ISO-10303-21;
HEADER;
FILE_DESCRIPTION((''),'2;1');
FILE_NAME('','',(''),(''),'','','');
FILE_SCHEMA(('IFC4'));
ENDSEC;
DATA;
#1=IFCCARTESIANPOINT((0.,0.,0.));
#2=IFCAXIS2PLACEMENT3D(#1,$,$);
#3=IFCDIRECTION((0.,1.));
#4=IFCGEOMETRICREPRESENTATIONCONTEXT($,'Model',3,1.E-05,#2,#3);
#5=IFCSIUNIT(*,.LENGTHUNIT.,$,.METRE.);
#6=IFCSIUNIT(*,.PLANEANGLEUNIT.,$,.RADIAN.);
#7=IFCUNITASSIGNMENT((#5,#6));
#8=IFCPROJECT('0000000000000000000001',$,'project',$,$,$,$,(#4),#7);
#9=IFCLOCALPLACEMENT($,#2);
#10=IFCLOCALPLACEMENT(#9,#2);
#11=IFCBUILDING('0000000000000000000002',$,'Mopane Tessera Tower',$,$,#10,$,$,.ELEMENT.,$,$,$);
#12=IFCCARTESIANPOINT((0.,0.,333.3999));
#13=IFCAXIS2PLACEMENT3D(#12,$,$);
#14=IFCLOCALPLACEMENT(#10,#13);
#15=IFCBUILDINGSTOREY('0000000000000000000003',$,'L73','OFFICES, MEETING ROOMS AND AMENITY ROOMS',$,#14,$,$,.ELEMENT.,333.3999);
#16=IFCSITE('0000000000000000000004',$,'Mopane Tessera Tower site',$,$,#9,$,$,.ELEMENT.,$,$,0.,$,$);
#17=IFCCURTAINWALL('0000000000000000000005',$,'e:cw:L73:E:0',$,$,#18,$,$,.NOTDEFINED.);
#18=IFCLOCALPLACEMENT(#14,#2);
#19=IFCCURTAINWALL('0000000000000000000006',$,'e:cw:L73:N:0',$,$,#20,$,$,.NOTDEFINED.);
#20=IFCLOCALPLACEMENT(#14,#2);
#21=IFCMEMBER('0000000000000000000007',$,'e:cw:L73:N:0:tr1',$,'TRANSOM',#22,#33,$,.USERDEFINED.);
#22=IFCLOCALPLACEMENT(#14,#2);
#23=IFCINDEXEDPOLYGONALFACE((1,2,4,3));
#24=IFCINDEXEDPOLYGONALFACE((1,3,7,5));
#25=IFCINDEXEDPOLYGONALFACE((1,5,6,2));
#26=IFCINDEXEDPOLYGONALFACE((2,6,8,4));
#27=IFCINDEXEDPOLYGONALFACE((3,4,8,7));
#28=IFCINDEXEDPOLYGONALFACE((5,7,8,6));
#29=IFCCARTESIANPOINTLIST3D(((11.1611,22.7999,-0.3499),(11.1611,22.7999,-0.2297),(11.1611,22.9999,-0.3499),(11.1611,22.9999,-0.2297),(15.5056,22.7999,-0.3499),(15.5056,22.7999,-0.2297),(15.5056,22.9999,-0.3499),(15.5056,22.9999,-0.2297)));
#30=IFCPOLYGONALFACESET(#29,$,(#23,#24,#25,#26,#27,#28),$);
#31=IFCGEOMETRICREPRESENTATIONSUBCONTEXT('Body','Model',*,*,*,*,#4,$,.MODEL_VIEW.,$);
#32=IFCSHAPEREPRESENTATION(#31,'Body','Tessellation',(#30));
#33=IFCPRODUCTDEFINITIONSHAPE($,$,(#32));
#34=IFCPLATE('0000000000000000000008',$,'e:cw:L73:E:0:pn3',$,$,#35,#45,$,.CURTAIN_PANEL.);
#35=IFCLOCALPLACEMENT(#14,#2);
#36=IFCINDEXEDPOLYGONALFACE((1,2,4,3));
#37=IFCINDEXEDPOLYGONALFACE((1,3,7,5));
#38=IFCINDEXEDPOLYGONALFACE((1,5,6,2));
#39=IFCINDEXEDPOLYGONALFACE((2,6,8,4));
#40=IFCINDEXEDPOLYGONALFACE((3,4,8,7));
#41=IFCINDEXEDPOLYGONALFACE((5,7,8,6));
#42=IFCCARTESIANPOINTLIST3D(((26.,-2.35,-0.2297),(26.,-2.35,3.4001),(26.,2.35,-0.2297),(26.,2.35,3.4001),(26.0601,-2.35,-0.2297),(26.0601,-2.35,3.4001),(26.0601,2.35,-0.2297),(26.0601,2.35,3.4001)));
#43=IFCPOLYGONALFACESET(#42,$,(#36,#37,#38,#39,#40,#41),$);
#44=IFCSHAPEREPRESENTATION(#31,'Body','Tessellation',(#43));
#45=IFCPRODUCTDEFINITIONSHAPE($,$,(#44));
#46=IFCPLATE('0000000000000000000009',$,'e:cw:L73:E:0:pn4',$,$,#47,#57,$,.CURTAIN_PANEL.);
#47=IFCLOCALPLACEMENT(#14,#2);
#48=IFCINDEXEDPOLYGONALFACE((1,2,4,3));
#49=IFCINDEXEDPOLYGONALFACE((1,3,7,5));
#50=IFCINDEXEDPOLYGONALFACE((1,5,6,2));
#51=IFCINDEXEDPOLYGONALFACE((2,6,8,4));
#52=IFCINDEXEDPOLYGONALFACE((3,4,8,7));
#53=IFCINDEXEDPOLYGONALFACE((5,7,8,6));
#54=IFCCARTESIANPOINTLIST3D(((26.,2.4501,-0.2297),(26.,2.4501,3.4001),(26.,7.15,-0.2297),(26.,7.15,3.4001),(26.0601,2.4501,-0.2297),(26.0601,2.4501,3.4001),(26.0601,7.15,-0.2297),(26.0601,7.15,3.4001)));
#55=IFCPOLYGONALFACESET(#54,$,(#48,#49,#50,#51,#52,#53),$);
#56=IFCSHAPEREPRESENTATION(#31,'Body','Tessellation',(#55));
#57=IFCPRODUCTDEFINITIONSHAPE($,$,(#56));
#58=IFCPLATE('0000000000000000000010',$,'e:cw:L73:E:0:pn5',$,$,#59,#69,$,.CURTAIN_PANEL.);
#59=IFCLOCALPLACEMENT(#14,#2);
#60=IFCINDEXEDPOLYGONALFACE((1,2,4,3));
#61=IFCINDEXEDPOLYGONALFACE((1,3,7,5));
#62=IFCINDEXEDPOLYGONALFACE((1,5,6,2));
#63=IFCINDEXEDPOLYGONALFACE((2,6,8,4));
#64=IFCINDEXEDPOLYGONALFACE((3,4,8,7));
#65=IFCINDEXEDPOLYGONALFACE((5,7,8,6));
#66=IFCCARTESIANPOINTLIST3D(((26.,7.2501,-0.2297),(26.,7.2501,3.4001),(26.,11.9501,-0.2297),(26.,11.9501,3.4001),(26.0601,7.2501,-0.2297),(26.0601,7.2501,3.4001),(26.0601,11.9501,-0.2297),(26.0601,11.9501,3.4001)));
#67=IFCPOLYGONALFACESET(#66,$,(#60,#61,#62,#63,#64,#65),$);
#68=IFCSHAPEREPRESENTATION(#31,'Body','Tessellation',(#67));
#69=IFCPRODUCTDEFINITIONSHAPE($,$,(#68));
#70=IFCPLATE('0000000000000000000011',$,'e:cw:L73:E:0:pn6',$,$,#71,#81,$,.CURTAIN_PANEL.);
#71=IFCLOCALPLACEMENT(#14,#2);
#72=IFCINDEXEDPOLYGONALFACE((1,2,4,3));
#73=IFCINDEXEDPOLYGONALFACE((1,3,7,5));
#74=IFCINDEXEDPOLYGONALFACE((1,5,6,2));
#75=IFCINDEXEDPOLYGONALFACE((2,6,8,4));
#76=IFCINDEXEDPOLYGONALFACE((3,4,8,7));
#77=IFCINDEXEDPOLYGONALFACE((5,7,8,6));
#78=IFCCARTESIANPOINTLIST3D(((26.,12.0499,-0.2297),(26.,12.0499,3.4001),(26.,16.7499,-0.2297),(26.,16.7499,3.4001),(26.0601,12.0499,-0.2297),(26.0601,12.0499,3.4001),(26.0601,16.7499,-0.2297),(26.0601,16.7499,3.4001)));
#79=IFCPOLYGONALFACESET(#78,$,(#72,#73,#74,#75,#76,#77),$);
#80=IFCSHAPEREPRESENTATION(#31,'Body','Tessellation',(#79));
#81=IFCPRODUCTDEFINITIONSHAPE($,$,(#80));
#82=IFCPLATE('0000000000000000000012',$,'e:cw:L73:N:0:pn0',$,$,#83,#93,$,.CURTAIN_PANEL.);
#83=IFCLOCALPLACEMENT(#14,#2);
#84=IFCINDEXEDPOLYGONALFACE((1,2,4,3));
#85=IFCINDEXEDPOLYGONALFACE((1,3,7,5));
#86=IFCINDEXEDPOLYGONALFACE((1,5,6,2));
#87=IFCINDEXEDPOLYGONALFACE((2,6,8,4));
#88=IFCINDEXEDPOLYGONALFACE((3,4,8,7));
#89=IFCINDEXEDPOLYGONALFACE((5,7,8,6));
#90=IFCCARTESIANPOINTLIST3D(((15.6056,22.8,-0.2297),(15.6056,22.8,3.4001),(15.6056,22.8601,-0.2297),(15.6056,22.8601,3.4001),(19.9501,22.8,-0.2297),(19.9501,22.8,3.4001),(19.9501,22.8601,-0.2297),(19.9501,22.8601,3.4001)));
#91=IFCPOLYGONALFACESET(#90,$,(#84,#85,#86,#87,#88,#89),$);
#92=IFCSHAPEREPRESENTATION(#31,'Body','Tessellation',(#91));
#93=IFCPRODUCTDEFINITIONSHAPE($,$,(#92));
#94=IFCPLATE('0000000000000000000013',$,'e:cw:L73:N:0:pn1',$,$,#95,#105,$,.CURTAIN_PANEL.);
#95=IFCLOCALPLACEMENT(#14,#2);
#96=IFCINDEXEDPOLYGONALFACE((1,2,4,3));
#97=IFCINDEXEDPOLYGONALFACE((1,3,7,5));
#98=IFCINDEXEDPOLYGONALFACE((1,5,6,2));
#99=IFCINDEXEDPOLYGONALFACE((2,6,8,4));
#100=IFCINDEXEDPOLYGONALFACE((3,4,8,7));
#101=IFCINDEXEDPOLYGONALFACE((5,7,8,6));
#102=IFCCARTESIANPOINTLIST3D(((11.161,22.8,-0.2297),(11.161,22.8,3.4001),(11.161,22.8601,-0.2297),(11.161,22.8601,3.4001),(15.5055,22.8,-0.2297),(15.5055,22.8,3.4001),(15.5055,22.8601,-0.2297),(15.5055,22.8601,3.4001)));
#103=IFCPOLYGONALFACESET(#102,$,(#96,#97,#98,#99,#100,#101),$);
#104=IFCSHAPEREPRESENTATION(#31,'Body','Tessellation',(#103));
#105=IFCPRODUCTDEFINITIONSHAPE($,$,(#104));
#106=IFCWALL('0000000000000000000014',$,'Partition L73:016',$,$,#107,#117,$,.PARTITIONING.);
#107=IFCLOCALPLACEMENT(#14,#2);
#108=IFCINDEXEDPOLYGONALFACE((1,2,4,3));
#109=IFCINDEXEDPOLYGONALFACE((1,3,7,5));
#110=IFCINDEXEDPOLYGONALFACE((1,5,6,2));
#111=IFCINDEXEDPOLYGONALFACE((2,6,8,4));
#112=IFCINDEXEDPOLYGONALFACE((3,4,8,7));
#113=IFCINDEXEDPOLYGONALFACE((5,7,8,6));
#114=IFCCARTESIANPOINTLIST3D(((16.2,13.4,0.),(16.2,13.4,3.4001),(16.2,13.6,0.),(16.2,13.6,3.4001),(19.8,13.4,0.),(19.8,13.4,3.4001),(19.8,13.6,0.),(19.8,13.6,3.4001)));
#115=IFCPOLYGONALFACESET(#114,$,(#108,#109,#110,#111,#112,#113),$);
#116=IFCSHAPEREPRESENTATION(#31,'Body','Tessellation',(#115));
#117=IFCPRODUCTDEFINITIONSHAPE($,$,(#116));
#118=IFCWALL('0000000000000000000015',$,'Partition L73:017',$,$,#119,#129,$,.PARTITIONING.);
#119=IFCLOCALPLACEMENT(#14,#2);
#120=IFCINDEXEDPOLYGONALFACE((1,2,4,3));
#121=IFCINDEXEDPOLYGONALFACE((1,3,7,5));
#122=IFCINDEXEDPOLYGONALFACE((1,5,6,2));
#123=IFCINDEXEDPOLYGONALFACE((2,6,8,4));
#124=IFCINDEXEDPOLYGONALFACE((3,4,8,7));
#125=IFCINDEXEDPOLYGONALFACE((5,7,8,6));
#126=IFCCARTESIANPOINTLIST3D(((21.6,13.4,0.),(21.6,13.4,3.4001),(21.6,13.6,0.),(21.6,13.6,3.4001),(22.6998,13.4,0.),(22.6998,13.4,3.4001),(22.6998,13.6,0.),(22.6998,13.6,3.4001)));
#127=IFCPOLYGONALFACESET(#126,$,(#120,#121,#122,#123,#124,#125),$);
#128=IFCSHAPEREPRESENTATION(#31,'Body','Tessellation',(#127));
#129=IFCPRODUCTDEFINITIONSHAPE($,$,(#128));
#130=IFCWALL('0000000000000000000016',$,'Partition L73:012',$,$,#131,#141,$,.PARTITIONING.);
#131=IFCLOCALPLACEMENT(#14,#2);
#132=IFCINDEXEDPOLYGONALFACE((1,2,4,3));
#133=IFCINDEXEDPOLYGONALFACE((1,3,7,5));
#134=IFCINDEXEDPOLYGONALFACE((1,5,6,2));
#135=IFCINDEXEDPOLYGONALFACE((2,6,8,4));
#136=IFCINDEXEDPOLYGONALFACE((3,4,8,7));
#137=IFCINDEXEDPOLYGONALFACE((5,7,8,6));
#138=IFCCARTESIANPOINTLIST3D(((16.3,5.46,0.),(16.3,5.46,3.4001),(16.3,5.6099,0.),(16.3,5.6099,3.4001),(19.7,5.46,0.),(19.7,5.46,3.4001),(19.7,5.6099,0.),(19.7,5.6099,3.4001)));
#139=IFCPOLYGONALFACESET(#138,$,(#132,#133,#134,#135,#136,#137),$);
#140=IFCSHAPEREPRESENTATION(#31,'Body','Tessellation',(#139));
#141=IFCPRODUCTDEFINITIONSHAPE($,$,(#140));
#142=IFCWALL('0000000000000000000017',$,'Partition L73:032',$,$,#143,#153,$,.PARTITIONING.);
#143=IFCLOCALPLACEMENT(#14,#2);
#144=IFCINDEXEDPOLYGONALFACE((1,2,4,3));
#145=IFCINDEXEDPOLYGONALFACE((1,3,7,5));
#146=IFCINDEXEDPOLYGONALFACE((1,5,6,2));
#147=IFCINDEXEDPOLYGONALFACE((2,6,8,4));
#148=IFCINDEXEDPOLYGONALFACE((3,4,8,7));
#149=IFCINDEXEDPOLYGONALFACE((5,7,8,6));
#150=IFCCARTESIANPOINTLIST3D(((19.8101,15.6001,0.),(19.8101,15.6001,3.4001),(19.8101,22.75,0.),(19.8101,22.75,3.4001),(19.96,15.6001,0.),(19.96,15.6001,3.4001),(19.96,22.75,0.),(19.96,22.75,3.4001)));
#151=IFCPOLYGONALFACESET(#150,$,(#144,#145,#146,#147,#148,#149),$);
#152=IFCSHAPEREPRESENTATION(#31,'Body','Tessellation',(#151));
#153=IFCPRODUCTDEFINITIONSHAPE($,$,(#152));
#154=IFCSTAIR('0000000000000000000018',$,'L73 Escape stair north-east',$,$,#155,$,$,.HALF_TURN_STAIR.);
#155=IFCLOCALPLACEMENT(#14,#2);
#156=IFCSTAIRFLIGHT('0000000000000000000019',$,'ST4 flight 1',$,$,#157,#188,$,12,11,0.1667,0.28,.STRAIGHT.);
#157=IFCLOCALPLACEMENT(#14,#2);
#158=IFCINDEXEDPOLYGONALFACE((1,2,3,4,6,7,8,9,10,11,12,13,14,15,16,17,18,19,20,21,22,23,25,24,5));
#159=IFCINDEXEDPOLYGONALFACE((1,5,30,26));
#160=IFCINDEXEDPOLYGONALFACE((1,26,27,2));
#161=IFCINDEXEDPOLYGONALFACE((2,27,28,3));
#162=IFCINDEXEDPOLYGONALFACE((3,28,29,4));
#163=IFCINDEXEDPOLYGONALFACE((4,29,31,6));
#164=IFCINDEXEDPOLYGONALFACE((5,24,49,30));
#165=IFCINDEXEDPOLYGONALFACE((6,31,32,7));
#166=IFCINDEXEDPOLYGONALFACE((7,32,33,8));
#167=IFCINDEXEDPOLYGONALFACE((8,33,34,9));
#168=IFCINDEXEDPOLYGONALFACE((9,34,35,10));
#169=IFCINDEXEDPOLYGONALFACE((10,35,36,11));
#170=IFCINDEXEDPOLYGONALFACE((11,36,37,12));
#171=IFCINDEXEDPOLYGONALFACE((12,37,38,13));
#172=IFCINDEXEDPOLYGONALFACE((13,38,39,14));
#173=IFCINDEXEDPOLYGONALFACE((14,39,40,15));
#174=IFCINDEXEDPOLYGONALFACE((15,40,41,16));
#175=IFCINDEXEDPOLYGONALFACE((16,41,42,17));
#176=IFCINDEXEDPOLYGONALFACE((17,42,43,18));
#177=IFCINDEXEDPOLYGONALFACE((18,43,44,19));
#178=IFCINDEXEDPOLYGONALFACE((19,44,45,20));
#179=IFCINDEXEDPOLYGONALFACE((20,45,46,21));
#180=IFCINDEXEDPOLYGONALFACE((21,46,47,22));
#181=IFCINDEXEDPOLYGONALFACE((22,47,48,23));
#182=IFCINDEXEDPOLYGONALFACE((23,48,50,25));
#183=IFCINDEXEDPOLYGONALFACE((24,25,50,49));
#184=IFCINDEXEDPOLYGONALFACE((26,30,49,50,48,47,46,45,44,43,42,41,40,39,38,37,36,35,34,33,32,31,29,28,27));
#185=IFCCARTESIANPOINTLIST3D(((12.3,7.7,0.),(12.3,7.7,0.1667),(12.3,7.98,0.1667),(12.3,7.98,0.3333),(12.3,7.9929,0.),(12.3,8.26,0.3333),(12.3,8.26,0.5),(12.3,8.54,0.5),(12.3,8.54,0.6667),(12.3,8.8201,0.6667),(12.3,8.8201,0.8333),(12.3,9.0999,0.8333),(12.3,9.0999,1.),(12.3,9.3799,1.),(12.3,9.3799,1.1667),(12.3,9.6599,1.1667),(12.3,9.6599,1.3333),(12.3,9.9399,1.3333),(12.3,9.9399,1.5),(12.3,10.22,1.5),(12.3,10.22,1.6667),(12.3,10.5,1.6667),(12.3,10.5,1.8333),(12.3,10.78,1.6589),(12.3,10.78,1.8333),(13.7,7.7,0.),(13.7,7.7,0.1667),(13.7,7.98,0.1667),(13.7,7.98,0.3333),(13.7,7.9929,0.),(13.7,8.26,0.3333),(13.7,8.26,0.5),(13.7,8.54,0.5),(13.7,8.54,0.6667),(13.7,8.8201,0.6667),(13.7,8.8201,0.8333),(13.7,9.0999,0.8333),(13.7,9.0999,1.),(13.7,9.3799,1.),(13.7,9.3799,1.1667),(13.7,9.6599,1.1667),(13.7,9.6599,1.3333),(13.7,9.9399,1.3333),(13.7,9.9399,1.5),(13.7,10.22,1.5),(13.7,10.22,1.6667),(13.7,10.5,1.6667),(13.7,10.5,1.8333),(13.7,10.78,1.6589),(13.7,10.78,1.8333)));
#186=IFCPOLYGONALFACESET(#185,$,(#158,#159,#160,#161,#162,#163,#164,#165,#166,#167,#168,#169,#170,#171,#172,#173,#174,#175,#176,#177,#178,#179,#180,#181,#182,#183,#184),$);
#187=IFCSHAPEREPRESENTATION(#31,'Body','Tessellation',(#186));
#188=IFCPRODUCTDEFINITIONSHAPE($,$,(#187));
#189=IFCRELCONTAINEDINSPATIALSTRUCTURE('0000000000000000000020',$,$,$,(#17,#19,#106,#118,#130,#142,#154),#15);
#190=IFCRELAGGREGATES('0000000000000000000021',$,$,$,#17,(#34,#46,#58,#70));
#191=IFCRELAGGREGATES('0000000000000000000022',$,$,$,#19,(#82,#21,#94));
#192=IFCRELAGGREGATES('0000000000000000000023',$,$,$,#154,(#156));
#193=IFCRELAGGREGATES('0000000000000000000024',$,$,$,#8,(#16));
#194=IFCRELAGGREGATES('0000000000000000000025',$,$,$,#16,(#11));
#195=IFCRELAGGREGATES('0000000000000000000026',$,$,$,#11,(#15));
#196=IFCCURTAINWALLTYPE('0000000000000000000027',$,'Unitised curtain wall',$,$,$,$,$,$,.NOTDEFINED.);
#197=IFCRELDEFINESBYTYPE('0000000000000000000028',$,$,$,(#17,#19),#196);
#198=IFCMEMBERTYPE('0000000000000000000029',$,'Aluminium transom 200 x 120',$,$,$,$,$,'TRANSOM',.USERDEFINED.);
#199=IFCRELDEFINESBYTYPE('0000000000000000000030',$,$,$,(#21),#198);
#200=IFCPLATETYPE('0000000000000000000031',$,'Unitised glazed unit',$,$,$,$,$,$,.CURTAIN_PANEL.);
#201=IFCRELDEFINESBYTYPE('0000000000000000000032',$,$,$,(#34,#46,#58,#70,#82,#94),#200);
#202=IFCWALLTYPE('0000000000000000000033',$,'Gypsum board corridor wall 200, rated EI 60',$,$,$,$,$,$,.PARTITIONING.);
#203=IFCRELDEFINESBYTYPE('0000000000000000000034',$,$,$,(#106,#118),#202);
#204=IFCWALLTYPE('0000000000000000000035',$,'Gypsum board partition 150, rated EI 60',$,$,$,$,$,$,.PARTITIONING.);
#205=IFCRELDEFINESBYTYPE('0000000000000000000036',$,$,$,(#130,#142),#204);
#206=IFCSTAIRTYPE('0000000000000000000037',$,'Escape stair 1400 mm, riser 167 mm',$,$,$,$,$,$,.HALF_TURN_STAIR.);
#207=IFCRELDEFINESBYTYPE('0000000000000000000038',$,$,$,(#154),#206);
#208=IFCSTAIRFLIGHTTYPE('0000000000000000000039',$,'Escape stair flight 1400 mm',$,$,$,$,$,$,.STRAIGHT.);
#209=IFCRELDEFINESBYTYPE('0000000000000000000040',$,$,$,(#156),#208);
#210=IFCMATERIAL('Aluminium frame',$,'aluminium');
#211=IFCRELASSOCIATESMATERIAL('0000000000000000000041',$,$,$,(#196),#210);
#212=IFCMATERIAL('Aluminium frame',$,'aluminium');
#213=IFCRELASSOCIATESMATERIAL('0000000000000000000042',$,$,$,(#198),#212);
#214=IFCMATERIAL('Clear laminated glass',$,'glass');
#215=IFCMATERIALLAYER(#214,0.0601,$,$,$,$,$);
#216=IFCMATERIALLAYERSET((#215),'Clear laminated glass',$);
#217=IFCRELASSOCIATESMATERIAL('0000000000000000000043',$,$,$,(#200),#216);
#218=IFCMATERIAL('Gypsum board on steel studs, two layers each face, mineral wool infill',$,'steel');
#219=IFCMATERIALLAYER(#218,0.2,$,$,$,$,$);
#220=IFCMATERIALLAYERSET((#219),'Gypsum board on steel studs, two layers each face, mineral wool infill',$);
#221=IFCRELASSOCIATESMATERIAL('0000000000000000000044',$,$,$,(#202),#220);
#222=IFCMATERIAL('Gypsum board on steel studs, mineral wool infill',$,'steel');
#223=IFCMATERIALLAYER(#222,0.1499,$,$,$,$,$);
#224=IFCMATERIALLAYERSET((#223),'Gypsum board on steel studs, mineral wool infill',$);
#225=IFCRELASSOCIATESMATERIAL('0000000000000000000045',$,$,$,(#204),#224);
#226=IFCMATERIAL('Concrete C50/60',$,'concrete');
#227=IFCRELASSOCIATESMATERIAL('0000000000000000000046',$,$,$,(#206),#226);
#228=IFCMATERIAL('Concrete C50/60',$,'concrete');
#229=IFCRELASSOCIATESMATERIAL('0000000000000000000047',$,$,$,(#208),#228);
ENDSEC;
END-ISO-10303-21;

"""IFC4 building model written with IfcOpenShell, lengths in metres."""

from ifc_helpers import new_model, si_unit, direction, frame, frame_2d, origin, origin_2d, place, context, subcontext, project, spatial, polyline, rectangle, outline, extrude, material, layer, layer_set, material_profile, profile_set, type_object, element, aggregate, save


model = new_model("IFC4")

# Units and contexts
model_context = context("Model", 3, precision=1e-05, world=origin(), true_north=direction((0.0, 1.0)))
body_context = subcontext(model_context, "Body", "Model", "MODEL_VIEW")
ifc_project = project(units=[si_unit("LENGTHUNIT", "METRE"), si_unit("PLANEANGLEUNIT", "RADIAN")], contexts=[model_context])

# Site, building, storey
site_placement = place(None, origin())
site = spatial("IfcSite", under=ifc_project, at=site_placement, Name="Mopane Tessera Tower site", CompositionType="ELEMENT", RefElevation=0.0)
building_placement = place(site_placement, origin())
building = spatial("IfcBuilding", under=site, at=building_placement, Name="Mopane Tessera Tower", CompositionType="ELEMENT")
storey_placement = place(building_placement, frame((0.0, 0.0, 333.3999)))
storey = spatial("IfcBuildingStorey", under=building, at=storey_placement, Name="L73", Description="OFFICES, MEETING ROOMS AND AMENITY ROOMS", CompositionType="ELEMENT", Elevation=333.3999)

# Curtain walls
ifc_material_1 = material(Name="Aluminium frame", Category="aluminium")
curtain_wall_type = type_object("IfcCurtainWallType", Name="Unitised curtain wall", PredefinedType="NOTDEFINED", material=ifc_material_1)
curtain_wall_1_placement = place(storey_placement, origin())
curtain_wall_1 = element("IfcCurtainWall", 1, at=curtain_wall_1_placement, inside=storey, type_object=curtain_wall_type, Name="e:cw:L73:E:0", PredefinedType="NOTDEFINED")
curtain_wall_2_placement = place(storey_placement, origin())
curtain_wall_2 = element("IfcCurtainWall", 2, at=curtain_wall_2_placement, inside=storey, type_object=curtain_wall_type, Name="e:cw:L73:N:0", PredefinedType="NOTDEFINED")

# Member
ifc_material_2 = material(Name="Aluminium frame", Category="aluminium")
ifc_material_profile_1 = material_profile(ifc_material_2, rectangle(XDim=0.2, YDim=0.1201, at=origin_2d()))
ifc_profile_set_1 = profile_set([ifc_material_profile_1], Name="Aluminium frame")
member_type_1 = type_object("IfcMemberType", Name="Aluminium transom 200 x 120", ElementType="TRANSOM", PredefinedType="USERDEFINED", material=ifc_profile_set_1)
member_1_placement = place(storey_placement, frame((15.5056, 22.8999, -0.2898), z_axis=(-1.0, 0.0, 0.0), x_axis=(0.0, -1.0, 0.0)))
member_1 = element("IfcMember", 3, at=member_1_placement, type_object=member_type_1, Name="e:cw:L73:N:0:tr1", ObjectType="TRANSOM", PredefinedType="USERDEFINED", context=body_context, shape_type="SweptSolid", body=[
    extrude(rectangle(XDim=0.2, YDim=0.1201, at=origin_2d()), origin(), (0.0, 0.0, 1.0), 4.3445),
])

# Plates
ifc_material_3 = material(Name="Clear laminated glass", Category="glass")
ifc_layer_1 = layer(ifc_material_3, 0.0601)
ifc_layer_set_1 = layer_set([ifc_layer_1], Name="Clear laminated glass")
plate_type = type_object("IfcPlateType", Name="Unitised glazed unit", PredefinedType="CURTAIN_PANEL", material=ifc_layer_set_1)
plate_1_placement = place(storey_placement, frame((26.03, 0.0, -0.2297), z_axis=(0.0, 0.0, 1.0), x_axis=(0.0, 1.0, 0.0)))
plate_1 = element("IfcPlate", 4, at=plate_1_placement, type_object=plate_type, Name="e:cw:L73:E:0:pn3", PredefinedType="CURTAIN_PANEL", context=body_context, shape_type="SweptSolid", body=[
    extrude(rectangle(XDim=4.7, YDim=0.0601, at=origin_2d()), origin(), (0.0, 0.0, 1.0), 3.6299),
])
plate_2_placement = place(storey_placement, frame((26.03, 4.8, -0.2297), z_axis=(0.0, 0.0, 1.0), x_axis=(0.0, 1.0, 0.0)))
plate_2 = element("IfcPlate", 5, at=plate_2_placement, type_object=plate_type, Name="e:cw:L73:E:0:pn4", PredefinedType="CURTAIN_PANEL", context=body_context, shape_type="SweptSolid", body=[
    extrude(rectangle(XDim=4.7, YDim=0.0601, at=origin_2d()), origin(), (0.0, 0.0, 1.0), 3.6299),
])
plate_3_placement = place(storey_placement, frame((26.03, 9.6001, -0.2297), z_axis=(0.0, 0.0, 1.0), x_axis=(0.0, 1.0, 0.0)))
plate_3 = element("IfcPlate", 6, at=plate_3_placement, type_object=plate_type, Name="e:cw:L73:E:0:pn5", PredefinedType="CURTAIN_PANEL", context=body_context, shape_type="SweptSolid", body=[
    extrude(rectangle(XDim=4.7, YDim=0.0601, at=origin_2d()), origin(), (0.0, 0.0, 1.0), 3.6299),
])
plate_4_placement = place(storey_placement, frame((26.03, 14.3999, -0.2297), z_axis=(0.0, 0.0, 1.0), x_axis=(0.0, 1.0, 0.0)))
plate_4 = element("IfcPlate", 7, at=plate_4_placement, type_object=plate_type, Name="e:cw:L73:E:0:pn6", PredefinedType="CURTAIN_PANEL", context=body_context, shape_type="SweptSolid", body=[
    extrude(rectangle(XDim=4.7, YDim=0.0601, at=origin_2d()), origin(), (0.0, 0.0, 1.0), 3.6299),
])
aggregate(curtain_wall_1, [plate_1, plate_2, plate_3, plate_4])
plate_5_placement = place(storey_placement, frame((17.7778, 22.8301, -0.2297), z_axis=(0.0, 0.0, 1.0), x_axis=(-1.0, 0.0, 0.0)))
plate_5 = element("IfcPlate", 8, at=plate_5_placement, type_object=plate_type, Name="e:cw:L73:N:0:pn0", PredefinedType="CURTAIN_PANEL", context=body_context, shape_type="SweptSolid", body=[
    extrude(rectangle(XDim=4.3445, YDim=0.0601, at=origin_2d()), origin(), (0.0, 0.0, 1.0), 3.6299),
])
plate_6_placement = place(storey_placement, frame((13.3333, 22.8301, -0.2297), z_axis=(0.0, 0.0, 1.0), x_axis=(-1.0, 0.0, 0.0)))
plate_6 = element("IfcPlate", 9, at=plate_6_placement, type_object=plate_type, Name="e:cw:L73:N:0:pn1", PredefinedType="CURTAIN_PANEL", context=body_context, shape_type="SweptSolid", body=[
    extrude(rectangle(XDim=4.3445, YDim=0.0601, at=origin_2d()), origin(), (0.0, 0.0, 1.0), 3.6299),
])
aggregate(curtain_wall_2, [plate_5, member_1, plate_6])

# Walls
ifc_material_4 = material(Name="Gypsum board on steel studs, two layers each face, mineral wool infill", Category="steel")
ifc_layer_2 = layer(ifc_material_4, 0.2)
ifc_layer_set_2 = layer_set([ifc_layer_2], Name="Gypsum board on steel studs, two layers each face, mineral wool infill")
wall_type_1 = type_object("IfcWallType", Name="Gypsum board corridor wall 200, rated EI 60", PredefinedType="PARTITIONING", material=ifc_layer_set_2)
wall_1_placement = place(storey_placement, frame((16.2, 13.5, 0.0), z_axis=(0.0, 0.0, 1.0), x_axis=(1.0, 0.0, 0.0)))
element("IfcWall", 10, at=wall_1_placement, inside=storey, type_object=wall_type_1, Name="Partition L73:016", PredefinedType="PARTITIONING", context=body_context, shape_type="SweptSolid", body=[
    extrude(rectangle(XDim=3.6001, YDim=0.2, at=frame_2d((1.8, 0.0))), origin(), (0.0, 0.0, 1.0), 3.4001),
])
wall_2_placement = place(storey_placement, frame((21.6001, 13.5, 0.0), z_axis=(0.0, 0.0, 1.0), x_axis=(1.0, 0.0, 0.0)))
element("IfcWall", 11, at=wall_2_placement, inside=storey, type_object=wall_type_1, Name="Partition L73:017", PredefinedType="PARTITIONING", context=body_context, shape_type="SweptSolid", body=[
    extrude(rectangle(XDim=1.0999, YDim=0.2, at=frame_2d((0.5498, 0.0))), origin(), (0.0, 0.0, 1.0), 3.4001),
])
ifc_material_5 = material(Name="Gypsum board on steel studs, mineral wool infill", Category="steel")
ifc_layer_3 = layer(ifc_material_5, 0.1499)
ifc_layer_set_3 = layer_set([ifc_layer_3], Name="Gypsum board on steel studs, mineral wool infill")
wall_type_2 = type_object("IfcWallType", Name="Gypsum board partition 150, rated EI 60", PredefinedType="PARTITIONING", material=ifc_layer_set_3)
wall_3_placement = place(storey_placement, frame((16.3, 5.5349, 0.0), z_axis=(0.0, 0.0, 1.0), x_axis=(1.0, 0.0, 0.0)))
element("IfcWall", 12, at=wall_3_placement, inside=storey, type_object=wall_type_2, Name="Partition L73:012", PredefinedType="PARTITIONING", context=body_context, shape_type="SweptSolid", body=[
    extrude(rectangle(XDim=3.3999, YDim=0.1499, at=frame_2d((1.7, 0.0))), origin(), (0.0, 0.0, 1.0), 3.4001),
])
wall_4_placement = place(storey_placement, frame((19.885, 15.6001, 0.0), z_axis=(0.0, 0.0, 1.0), x_axis=(0.0, 1.0, 0.0)))
element("IfcWall", 13, at=wall_4_placement, inside=storey, type_object=wall_type_2, Name="Partition L73:032", PredefinedType="PARTITIONING", context=body_context, shape_type="SweptSolid", body=[
    extrude(rectangle(XDim=7.1499, YDim=0.1499, at=frame_2d((3.575, 0.0))), origin(), (0.0, 0.0, 1.0), 3.4001),
])

# Stair, stair flight
ifc_material_6 = material(Name="Concrete C50/60", Category="concrete")
stair_type = type_object("IfcStairType", Name="Escape stair 1400 mm, riser 167 mm", PredefinedType="HALF_TURN_STAIR", material=ifc_material_6)
stair_placement = place(storey_placement, origin())
stair = element("IfcStair", 14, at=stair_placement, inside=storey, type_object=stair_type, Name="L73 Escape stair north-east", PredefinedType="HALF_TURN_STAIR")
ifc_material_7 = material(Name="Concrete C50/60", Category="concrete")
stair_flight_type = type_object("IfcStairFlightType", Name="Escape stair flight 1400 mm", PredefinedType="STRAIGHT", material=ifc_material_7)
stair_flight_placement = place(storey_placement, frame((13.0, 7.7, 0.0), z_axis=(0.0, 0.0, 1.0), x_axis=(0.0, 1.0, 0.0)))
stair_flight = element("IfcStairFlight", 15, at=stair_flight_placement, type_object=stair_flight_type, Name="ST4 flight 1", NumberOfRisers=12, NumberOfTreads=11, PredefinedType="STRAIGHT", RiserHeight=0.1667, TreadLength=0.28, context=body_context, shape_type="SweptSolid", body=[
    extrude(outline(polyline([(0.0, 0.0), (0.0, 0.1667), (0.28, 0.1667), (0.28, 0.3333), (0.5601, 0.3333), (0.5601, 0.5), (0.8401, 0.5), (0.8401, 0.6667), (1.1201, 0.6667), (1.1201, 0.8333), (1.3999, 0.8333), (1.3999, 1.0), (1.6799, 1.0), (1.6799, 1.1667), (1.96, 1.1667), (1.96, 1.3333), (2.24, 1.3333), (2.24, 1.5), (2.52, 1.5), (2.52, 1.6667), (2.8, 1.6667), (2.8, 1.8333), (3.0801, 1.8333), (3.0801, 2.0), (3.0801, 1.6589), (0.293, 0.0), (0.0, 0.0)])), frame((0.0, 0.7, 0.0), z_axis=(0.0, -1.0, 0.0), x_axis=(1.0, 0.0, 0.0)), (0.0, 0.0, 1.0), 1.3999),
])
aggregate(stair, [stair_flight])

save(model, "model.ifc")
